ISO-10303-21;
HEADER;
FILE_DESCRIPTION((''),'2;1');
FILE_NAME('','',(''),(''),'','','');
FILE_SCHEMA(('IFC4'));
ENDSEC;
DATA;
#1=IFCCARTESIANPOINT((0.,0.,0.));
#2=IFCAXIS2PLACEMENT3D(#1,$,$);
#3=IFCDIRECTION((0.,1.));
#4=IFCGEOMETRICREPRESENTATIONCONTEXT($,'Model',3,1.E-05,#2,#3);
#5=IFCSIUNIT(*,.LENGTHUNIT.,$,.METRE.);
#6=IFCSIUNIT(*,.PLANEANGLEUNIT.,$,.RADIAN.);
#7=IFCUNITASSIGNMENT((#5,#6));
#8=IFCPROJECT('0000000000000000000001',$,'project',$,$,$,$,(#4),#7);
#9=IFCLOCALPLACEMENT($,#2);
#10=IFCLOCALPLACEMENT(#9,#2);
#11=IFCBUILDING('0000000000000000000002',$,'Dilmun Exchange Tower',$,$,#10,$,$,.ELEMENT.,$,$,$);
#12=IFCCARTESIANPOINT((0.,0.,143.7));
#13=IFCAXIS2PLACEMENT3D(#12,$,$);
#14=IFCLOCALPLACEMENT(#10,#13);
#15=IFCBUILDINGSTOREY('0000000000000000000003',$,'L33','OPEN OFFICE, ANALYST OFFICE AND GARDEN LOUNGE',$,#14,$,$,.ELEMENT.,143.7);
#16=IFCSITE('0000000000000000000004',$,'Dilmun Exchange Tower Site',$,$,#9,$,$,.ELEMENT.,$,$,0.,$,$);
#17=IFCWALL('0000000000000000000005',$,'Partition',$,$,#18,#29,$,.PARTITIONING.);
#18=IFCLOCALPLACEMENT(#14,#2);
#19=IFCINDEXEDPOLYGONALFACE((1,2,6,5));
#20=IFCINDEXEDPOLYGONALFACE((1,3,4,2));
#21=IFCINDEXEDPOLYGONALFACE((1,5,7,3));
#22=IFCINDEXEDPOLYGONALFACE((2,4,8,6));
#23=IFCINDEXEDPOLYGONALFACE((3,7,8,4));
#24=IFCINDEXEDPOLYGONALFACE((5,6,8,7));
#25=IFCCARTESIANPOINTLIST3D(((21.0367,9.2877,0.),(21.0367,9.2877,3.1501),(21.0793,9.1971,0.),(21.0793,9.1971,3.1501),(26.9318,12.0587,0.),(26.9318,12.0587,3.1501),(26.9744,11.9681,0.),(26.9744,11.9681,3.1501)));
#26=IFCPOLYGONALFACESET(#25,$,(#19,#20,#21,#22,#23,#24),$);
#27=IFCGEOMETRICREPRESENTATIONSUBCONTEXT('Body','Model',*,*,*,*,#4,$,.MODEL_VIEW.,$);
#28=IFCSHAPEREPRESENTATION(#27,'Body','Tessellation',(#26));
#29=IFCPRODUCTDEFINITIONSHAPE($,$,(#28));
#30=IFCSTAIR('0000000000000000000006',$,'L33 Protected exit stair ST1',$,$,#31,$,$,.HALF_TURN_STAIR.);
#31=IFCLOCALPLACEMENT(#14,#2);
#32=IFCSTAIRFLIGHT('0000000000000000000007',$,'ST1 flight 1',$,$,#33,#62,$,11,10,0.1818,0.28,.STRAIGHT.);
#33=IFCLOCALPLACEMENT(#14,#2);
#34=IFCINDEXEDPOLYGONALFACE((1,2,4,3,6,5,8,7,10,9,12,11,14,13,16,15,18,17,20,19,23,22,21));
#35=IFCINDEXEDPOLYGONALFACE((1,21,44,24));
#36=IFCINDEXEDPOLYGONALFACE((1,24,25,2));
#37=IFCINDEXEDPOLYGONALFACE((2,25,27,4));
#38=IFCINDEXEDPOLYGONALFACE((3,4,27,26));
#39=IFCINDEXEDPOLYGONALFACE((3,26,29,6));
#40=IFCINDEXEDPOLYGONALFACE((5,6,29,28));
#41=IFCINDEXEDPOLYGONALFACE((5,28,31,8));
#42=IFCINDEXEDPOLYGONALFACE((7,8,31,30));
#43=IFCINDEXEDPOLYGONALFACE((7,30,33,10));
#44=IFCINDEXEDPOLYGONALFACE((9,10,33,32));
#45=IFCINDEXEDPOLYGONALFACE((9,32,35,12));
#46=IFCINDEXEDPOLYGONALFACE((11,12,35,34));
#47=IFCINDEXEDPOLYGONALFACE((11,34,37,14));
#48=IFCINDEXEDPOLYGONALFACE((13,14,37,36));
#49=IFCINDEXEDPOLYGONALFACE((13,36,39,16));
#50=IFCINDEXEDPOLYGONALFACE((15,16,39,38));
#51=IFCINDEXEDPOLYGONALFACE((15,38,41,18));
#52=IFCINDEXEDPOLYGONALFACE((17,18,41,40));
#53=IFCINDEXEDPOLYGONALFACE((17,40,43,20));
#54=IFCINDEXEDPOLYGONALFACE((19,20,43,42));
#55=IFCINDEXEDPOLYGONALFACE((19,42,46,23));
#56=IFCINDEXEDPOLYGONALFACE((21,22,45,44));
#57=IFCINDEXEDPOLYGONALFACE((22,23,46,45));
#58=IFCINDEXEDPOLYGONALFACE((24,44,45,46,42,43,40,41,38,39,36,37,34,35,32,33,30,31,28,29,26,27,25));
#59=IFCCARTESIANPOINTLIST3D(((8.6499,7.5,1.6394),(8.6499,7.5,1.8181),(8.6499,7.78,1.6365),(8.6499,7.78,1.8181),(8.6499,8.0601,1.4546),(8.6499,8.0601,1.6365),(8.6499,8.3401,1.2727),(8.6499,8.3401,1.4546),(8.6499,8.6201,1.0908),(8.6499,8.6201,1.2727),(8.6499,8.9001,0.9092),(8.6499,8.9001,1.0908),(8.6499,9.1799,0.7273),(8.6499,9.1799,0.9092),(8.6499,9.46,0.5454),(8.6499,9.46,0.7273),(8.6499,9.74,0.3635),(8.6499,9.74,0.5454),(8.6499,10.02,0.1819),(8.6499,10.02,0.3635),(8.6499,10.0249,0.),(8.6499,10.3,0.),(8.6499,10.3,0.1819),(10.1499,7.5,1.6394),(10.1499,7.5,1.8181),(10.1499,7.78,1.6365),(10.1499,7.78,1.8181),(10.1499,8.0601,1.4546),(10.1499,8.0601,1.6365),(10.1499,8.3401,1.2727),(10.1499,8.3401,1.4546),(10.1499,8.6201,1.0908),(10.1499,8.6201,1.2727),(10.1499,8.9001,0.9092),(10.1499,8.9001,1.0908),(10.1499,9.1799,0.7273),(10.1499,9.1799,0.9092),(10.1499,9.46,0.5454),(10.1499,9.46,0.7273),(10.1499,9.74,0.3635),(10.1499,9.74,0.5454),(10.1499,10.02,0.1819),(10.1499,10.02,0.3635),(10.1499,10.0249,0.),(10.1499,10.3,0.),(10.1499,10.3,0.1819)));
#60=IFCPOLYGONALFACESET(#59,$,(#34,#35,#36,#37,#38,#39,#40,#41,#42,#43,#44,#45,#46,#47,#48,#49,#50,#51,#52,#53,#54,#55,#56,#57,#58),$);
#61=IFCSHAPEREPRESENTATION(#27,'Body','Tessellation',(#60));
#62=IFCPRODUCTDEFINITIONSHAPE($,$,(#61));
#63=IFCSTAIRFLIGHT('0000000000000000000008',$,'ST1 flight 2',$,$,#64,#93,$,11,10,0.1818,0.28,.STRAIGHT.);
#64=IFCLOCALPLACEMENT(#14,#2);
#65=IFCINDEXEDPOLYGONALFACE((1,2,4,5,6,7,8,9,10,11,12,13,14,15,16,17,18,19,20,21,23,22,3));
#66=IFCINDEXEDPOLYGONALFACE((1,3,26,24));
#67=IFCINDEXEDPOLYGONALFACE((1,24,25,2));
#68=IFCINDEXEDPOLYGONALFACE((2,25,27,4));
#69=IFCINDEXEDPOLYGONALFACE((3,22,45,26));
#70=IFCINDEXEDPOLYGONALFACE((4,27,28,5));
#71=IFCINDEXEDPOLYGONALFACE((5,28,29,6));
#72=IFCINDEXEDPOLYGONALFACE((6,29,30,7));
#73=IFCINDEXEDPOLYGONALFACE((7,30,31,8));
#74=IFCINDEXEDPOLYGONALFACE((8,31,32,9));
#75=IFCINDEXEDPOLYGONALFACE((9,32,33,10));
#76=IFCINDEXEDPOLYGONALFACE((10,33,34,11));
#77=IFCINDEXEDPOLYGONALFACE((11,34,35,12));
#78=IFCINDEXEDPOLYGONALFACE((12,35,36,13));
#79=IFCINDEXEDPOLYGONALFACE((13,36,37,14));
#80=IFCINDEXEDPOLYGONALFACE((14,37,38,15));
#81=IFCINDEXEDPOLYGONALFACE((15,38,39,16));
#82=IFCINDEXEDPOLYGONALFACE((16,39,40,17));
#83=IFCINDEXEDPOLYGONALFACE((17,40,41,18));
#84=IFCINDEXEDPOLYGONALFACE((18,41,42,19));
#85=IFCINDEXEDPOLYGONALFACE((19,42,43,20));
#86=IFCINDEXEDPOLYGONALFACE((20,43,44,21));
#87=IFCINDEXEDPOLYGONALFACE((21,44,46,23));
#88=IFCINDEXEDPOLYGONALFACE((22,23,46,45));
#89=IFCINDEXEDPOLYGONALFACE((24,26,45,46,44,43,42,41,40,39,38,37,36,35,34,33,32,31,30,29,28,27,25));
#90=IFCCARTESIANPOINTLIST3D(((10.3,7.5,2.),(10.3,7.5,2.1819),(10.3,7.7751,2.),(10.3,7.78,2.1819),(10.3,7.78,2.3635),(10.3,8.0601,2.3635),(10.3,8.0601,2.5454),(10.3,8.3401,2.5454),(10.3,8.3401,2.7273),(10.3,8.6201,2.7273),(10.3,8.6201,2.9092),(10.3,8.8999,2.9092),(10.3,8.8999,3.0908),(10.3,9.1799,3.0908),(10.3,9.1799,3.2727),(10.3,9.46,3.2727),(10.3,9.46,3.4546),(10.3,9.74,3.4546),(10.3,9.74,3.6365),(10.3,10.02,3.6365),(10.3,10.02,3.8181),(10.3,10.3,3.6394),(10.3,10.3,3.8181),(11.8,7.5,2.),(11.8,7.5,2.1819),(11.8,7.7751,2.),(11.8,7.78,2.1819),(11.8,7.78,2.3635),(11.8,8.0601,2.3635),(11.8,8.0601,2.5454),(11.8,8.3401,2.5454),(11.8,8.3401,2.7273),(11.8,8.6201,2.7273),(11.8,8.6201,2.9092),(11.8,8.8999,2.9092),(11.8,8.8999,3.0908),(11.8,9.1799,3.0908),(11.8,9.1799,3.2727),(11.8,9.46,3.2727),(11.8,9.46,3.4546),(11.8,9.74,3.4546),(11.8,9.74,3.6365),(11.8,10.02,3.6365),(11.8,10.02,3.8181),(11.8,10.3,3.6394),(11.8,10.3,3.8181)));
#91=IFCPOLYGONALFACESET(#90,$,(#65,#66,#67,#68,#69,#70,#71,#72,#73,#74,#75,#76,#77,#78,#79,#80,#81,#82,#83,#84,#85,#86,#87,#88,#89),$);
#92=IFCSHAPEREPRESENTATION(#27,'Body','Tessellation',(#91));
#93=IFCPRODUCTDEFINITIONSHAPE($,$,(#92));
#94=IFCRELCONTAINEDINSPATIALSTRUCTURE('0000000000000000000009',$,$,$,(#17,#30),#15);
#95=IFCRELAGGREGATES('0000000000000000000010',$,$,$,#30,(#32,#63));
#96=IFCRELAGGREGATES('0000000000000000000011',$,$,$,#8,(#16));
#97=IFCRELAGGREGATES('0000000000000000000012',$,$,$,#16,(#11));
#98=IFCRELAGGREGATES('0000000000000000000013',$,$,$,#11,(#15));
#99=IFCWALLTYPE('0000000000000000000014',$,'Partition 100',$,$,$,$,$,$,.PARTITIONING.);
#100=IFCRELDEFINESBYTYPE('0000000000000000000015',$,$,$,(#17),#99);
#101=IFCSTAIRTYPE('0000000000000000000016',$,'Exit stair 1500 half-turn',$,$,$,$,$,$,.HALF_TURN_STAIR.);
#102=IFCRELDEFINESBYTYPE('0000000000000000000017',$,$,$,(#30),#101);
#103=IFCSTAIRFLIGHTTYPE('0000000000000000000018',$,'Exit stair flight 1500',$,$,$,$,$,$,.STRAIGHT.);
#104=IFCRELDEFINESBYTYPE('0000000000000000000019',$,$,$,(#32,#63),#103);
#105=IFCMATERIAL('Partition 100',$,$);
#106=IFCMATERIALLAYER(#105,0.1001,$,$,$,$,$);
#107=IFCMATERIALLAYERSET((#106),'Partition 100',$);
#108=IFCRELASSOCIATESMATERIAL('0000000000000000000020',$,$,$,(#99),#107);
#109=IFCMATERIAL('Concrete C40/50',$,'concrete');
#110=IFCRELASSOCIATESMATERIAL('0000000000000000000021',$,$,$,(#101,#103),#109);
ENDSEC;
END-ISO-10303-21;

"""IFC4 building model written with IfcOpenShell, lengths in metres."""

from ifc_helpers import new_model, si_unit, direction, frame, frame_2d, origin, place, context, subcontext, project, spatial, polyline, rectangle, outline, extrude, material, layer, layer_set, type_object, element, aggregate, save


model = new_model("IFC4")

# Units and contexts
model_context = context("Model", 3, precision=1e-05, world=origin(), true_north=direction((0.0, 1.0)))
body_context = subcontext(model_context, "Body", "Model", "MODEL_VIEW")
ifc_project = project(units=[si_unit("LENGTHUNIT", "METRE"), si_unit("PLANEANGLEUNIT", "RADIAN")], contexts=[model_context])

# Site, building, storey
site_placement = place(None, origin())
site = spatial("IfcSite", under=ifc_project, at=site_placement, Name="Dilmun Exchange Tower Site", CompositionType="ELEMENT", RefElevation=0.0)
building_placement = place(site_placement, origin())
building = spatial("IfcBuilding", under=site, at=building_placement, Name="Dilmun Exchange Tower", CompositionType="ELEMENT")
storey_placement = place(building_placement, frame((0.0, 0.0, 143.7)))
storey = spatial("IfcBuildingStorey", under=building, at=storey_placement, Name="L33", Description="OPEN OFFICE, ANALYST OFFICE AND GARDEN LOUNGE", CompositionType="ELEMENT", Elevation=143.7)

# Shared definitions
ifc_material_1 = material(Name="Concrete C40/50", Category="concrete")

# Wall
ifc_material_2 = material(Name="Partition 100")
ifc_layer_1 = layer(ifc_material_2, 0.1001)
ifc_layer_set_1 = layer_set([ifc_layer_1], Name="Partition 100")
wall_type_1 = type_object("IfcWallType", Name="Partition 100", PredefinedType="PARTITIONING", material=ifc_layer_set_1)
wall_1_placement = place(storey_placement, frame((21.0581, 9.2424, 0.0), z_axis=(0.0, 0.0, 1.0), x_axis=(0.905004, 0.425404, 0.0)))
element("IfcWall", 1, at=wall_1_placement, inside=storey, type_object=wall_type_1, Name="Partition", PredefinedType="PARTITIONING", context=body_context, shape_type="SweptSolid", body=[
    extrude(rectangle(XDim=6.5139, YDim=0.1001, at=frame_2d((3.2568, 0.0))), origin(), (0.0, 0.0, 1.0), 3.1501),
])

# Stair, stair flights
stair_type = type_object("IfcStairType", Name="Exit stair 1500 half-turn", PredefinedType="HALF_TURN_STAIR", material=ifc_material_1)
stair_placement = place(storey_placement, origin())
stair = element("IfcStair", 2, at=stair_placement, inside=storey, type_object=stair_type, Name="L33 Protected exit stair ST1", PredefinedType="HALF_TURN_STAIR")
stair_flight_type = type_object("IfcStairFlightType", Name="Exit stair flight 1500", PredefinedType="STRAIGHT", material=ifc_material_1)
stair_flight_1_placement = place(storey_placement, frame((9.3999, 10.3, 0.0), z_axis=(0.0, 0.0, 1.0), x_axis=(0.0, -1.0, 0.0)))
stair_flight_1 = element("IfcStairFlight", 3, at=stair_flight_1_placement, type_object=stair_flight_type, Name="ST1 flight 1", NumberOfRisers=11, NumberOfTreads=10, PredefinedType="STRAIGHT", RiserHeight=0.1818, TreadLength=0.28, context=body_context, shape_type="SweptSolid", body=[
    extrude(outline(polyline([(0.0, 0.0), (0.0, 0.1819), (0.28, 0.1819), (0.28, 0.3635), (0.5601, 0.3635), (0.5601, 0.5454), (0.8401, 0.5454), (0.8401, 0.7273), (1.1201, 0.7273), (1.1201, 0.9092), (1.3999, 0.9092), (1.3999, 1.0908), (1.6799, 1.0908), (1.6799, 1.2727), (1.96, 1.2727), (1.96, 1.4546), (2.24, 1.4546), (2.24, 1.6365), (2.52, 1.6365), (2.52, 1.8181), (2.8, 1.8181), (2.8, 2.0), (2.8, 1.6394), (0.2751, 0.0), (0.0, 0.0)])), frame((0.0, 0.75, 0.0), z_axis=(0.0, -1.0, 0.0), x_axis=(1.0, 0.0, 0.0)), (0.0, 0.0, 1.0), 1.5),
])
stair_flight_2_placement = place(storey_placement, frame((11.05, 7.5, 2.0), z_axis=(0.0, 0.0, 1.0), x_axis=(0.0, 1.0, 0.0)))
stair_flight_2 = element("IfcStairFlight", 4, at=stair_flight_2_placement, type_object=stair_flight_type, Name="ST1 flight 2", NumberOfRisers=11, NumberOfTreads=10, PredefinedType="STRAIGHT", RiserHeight=0.1818, TreadLength=0.28, context=body_context, shape_type="SweptSolid", body=[
    extrude(outline(polyline([(0.0, 0.0), (0.0, 0.1819), (0.28, 0.1819), (0.28, 0.3635), (0.5601, 0.3635), (0.5601, 0.5454), (0.8401, 0.5454), (0.8401, 0.7273), (1.1201, 0.7273), (1.1201, 0.9092), (1.3999, 0.9092), (1.3999, 1.0908), (1.6799, 1.0908), (1.6799, 1.2727), (1.96, 1.2727), (1.96, 1.4546), (2.24, 1.4546), (2.24, 1.6365), (2.52, 1.6365), (2.52, 1.8181), (2.8, 1.8181), (2.8, 2.0), (2.8, 1.6394), (0.2751, 0.0), (0.0, 0.0)])), frame((0.0, 0.75, 0.0), z_axis=(0.0, -1.0, 0.0), x_axis=(1.0, 0.0, 0.0)), (0.0, 0.0, 1.0), 1.5),
])
aggregate(stair, [stair_flight_1, stair_flight_2])

save(model, "model.ifc")
